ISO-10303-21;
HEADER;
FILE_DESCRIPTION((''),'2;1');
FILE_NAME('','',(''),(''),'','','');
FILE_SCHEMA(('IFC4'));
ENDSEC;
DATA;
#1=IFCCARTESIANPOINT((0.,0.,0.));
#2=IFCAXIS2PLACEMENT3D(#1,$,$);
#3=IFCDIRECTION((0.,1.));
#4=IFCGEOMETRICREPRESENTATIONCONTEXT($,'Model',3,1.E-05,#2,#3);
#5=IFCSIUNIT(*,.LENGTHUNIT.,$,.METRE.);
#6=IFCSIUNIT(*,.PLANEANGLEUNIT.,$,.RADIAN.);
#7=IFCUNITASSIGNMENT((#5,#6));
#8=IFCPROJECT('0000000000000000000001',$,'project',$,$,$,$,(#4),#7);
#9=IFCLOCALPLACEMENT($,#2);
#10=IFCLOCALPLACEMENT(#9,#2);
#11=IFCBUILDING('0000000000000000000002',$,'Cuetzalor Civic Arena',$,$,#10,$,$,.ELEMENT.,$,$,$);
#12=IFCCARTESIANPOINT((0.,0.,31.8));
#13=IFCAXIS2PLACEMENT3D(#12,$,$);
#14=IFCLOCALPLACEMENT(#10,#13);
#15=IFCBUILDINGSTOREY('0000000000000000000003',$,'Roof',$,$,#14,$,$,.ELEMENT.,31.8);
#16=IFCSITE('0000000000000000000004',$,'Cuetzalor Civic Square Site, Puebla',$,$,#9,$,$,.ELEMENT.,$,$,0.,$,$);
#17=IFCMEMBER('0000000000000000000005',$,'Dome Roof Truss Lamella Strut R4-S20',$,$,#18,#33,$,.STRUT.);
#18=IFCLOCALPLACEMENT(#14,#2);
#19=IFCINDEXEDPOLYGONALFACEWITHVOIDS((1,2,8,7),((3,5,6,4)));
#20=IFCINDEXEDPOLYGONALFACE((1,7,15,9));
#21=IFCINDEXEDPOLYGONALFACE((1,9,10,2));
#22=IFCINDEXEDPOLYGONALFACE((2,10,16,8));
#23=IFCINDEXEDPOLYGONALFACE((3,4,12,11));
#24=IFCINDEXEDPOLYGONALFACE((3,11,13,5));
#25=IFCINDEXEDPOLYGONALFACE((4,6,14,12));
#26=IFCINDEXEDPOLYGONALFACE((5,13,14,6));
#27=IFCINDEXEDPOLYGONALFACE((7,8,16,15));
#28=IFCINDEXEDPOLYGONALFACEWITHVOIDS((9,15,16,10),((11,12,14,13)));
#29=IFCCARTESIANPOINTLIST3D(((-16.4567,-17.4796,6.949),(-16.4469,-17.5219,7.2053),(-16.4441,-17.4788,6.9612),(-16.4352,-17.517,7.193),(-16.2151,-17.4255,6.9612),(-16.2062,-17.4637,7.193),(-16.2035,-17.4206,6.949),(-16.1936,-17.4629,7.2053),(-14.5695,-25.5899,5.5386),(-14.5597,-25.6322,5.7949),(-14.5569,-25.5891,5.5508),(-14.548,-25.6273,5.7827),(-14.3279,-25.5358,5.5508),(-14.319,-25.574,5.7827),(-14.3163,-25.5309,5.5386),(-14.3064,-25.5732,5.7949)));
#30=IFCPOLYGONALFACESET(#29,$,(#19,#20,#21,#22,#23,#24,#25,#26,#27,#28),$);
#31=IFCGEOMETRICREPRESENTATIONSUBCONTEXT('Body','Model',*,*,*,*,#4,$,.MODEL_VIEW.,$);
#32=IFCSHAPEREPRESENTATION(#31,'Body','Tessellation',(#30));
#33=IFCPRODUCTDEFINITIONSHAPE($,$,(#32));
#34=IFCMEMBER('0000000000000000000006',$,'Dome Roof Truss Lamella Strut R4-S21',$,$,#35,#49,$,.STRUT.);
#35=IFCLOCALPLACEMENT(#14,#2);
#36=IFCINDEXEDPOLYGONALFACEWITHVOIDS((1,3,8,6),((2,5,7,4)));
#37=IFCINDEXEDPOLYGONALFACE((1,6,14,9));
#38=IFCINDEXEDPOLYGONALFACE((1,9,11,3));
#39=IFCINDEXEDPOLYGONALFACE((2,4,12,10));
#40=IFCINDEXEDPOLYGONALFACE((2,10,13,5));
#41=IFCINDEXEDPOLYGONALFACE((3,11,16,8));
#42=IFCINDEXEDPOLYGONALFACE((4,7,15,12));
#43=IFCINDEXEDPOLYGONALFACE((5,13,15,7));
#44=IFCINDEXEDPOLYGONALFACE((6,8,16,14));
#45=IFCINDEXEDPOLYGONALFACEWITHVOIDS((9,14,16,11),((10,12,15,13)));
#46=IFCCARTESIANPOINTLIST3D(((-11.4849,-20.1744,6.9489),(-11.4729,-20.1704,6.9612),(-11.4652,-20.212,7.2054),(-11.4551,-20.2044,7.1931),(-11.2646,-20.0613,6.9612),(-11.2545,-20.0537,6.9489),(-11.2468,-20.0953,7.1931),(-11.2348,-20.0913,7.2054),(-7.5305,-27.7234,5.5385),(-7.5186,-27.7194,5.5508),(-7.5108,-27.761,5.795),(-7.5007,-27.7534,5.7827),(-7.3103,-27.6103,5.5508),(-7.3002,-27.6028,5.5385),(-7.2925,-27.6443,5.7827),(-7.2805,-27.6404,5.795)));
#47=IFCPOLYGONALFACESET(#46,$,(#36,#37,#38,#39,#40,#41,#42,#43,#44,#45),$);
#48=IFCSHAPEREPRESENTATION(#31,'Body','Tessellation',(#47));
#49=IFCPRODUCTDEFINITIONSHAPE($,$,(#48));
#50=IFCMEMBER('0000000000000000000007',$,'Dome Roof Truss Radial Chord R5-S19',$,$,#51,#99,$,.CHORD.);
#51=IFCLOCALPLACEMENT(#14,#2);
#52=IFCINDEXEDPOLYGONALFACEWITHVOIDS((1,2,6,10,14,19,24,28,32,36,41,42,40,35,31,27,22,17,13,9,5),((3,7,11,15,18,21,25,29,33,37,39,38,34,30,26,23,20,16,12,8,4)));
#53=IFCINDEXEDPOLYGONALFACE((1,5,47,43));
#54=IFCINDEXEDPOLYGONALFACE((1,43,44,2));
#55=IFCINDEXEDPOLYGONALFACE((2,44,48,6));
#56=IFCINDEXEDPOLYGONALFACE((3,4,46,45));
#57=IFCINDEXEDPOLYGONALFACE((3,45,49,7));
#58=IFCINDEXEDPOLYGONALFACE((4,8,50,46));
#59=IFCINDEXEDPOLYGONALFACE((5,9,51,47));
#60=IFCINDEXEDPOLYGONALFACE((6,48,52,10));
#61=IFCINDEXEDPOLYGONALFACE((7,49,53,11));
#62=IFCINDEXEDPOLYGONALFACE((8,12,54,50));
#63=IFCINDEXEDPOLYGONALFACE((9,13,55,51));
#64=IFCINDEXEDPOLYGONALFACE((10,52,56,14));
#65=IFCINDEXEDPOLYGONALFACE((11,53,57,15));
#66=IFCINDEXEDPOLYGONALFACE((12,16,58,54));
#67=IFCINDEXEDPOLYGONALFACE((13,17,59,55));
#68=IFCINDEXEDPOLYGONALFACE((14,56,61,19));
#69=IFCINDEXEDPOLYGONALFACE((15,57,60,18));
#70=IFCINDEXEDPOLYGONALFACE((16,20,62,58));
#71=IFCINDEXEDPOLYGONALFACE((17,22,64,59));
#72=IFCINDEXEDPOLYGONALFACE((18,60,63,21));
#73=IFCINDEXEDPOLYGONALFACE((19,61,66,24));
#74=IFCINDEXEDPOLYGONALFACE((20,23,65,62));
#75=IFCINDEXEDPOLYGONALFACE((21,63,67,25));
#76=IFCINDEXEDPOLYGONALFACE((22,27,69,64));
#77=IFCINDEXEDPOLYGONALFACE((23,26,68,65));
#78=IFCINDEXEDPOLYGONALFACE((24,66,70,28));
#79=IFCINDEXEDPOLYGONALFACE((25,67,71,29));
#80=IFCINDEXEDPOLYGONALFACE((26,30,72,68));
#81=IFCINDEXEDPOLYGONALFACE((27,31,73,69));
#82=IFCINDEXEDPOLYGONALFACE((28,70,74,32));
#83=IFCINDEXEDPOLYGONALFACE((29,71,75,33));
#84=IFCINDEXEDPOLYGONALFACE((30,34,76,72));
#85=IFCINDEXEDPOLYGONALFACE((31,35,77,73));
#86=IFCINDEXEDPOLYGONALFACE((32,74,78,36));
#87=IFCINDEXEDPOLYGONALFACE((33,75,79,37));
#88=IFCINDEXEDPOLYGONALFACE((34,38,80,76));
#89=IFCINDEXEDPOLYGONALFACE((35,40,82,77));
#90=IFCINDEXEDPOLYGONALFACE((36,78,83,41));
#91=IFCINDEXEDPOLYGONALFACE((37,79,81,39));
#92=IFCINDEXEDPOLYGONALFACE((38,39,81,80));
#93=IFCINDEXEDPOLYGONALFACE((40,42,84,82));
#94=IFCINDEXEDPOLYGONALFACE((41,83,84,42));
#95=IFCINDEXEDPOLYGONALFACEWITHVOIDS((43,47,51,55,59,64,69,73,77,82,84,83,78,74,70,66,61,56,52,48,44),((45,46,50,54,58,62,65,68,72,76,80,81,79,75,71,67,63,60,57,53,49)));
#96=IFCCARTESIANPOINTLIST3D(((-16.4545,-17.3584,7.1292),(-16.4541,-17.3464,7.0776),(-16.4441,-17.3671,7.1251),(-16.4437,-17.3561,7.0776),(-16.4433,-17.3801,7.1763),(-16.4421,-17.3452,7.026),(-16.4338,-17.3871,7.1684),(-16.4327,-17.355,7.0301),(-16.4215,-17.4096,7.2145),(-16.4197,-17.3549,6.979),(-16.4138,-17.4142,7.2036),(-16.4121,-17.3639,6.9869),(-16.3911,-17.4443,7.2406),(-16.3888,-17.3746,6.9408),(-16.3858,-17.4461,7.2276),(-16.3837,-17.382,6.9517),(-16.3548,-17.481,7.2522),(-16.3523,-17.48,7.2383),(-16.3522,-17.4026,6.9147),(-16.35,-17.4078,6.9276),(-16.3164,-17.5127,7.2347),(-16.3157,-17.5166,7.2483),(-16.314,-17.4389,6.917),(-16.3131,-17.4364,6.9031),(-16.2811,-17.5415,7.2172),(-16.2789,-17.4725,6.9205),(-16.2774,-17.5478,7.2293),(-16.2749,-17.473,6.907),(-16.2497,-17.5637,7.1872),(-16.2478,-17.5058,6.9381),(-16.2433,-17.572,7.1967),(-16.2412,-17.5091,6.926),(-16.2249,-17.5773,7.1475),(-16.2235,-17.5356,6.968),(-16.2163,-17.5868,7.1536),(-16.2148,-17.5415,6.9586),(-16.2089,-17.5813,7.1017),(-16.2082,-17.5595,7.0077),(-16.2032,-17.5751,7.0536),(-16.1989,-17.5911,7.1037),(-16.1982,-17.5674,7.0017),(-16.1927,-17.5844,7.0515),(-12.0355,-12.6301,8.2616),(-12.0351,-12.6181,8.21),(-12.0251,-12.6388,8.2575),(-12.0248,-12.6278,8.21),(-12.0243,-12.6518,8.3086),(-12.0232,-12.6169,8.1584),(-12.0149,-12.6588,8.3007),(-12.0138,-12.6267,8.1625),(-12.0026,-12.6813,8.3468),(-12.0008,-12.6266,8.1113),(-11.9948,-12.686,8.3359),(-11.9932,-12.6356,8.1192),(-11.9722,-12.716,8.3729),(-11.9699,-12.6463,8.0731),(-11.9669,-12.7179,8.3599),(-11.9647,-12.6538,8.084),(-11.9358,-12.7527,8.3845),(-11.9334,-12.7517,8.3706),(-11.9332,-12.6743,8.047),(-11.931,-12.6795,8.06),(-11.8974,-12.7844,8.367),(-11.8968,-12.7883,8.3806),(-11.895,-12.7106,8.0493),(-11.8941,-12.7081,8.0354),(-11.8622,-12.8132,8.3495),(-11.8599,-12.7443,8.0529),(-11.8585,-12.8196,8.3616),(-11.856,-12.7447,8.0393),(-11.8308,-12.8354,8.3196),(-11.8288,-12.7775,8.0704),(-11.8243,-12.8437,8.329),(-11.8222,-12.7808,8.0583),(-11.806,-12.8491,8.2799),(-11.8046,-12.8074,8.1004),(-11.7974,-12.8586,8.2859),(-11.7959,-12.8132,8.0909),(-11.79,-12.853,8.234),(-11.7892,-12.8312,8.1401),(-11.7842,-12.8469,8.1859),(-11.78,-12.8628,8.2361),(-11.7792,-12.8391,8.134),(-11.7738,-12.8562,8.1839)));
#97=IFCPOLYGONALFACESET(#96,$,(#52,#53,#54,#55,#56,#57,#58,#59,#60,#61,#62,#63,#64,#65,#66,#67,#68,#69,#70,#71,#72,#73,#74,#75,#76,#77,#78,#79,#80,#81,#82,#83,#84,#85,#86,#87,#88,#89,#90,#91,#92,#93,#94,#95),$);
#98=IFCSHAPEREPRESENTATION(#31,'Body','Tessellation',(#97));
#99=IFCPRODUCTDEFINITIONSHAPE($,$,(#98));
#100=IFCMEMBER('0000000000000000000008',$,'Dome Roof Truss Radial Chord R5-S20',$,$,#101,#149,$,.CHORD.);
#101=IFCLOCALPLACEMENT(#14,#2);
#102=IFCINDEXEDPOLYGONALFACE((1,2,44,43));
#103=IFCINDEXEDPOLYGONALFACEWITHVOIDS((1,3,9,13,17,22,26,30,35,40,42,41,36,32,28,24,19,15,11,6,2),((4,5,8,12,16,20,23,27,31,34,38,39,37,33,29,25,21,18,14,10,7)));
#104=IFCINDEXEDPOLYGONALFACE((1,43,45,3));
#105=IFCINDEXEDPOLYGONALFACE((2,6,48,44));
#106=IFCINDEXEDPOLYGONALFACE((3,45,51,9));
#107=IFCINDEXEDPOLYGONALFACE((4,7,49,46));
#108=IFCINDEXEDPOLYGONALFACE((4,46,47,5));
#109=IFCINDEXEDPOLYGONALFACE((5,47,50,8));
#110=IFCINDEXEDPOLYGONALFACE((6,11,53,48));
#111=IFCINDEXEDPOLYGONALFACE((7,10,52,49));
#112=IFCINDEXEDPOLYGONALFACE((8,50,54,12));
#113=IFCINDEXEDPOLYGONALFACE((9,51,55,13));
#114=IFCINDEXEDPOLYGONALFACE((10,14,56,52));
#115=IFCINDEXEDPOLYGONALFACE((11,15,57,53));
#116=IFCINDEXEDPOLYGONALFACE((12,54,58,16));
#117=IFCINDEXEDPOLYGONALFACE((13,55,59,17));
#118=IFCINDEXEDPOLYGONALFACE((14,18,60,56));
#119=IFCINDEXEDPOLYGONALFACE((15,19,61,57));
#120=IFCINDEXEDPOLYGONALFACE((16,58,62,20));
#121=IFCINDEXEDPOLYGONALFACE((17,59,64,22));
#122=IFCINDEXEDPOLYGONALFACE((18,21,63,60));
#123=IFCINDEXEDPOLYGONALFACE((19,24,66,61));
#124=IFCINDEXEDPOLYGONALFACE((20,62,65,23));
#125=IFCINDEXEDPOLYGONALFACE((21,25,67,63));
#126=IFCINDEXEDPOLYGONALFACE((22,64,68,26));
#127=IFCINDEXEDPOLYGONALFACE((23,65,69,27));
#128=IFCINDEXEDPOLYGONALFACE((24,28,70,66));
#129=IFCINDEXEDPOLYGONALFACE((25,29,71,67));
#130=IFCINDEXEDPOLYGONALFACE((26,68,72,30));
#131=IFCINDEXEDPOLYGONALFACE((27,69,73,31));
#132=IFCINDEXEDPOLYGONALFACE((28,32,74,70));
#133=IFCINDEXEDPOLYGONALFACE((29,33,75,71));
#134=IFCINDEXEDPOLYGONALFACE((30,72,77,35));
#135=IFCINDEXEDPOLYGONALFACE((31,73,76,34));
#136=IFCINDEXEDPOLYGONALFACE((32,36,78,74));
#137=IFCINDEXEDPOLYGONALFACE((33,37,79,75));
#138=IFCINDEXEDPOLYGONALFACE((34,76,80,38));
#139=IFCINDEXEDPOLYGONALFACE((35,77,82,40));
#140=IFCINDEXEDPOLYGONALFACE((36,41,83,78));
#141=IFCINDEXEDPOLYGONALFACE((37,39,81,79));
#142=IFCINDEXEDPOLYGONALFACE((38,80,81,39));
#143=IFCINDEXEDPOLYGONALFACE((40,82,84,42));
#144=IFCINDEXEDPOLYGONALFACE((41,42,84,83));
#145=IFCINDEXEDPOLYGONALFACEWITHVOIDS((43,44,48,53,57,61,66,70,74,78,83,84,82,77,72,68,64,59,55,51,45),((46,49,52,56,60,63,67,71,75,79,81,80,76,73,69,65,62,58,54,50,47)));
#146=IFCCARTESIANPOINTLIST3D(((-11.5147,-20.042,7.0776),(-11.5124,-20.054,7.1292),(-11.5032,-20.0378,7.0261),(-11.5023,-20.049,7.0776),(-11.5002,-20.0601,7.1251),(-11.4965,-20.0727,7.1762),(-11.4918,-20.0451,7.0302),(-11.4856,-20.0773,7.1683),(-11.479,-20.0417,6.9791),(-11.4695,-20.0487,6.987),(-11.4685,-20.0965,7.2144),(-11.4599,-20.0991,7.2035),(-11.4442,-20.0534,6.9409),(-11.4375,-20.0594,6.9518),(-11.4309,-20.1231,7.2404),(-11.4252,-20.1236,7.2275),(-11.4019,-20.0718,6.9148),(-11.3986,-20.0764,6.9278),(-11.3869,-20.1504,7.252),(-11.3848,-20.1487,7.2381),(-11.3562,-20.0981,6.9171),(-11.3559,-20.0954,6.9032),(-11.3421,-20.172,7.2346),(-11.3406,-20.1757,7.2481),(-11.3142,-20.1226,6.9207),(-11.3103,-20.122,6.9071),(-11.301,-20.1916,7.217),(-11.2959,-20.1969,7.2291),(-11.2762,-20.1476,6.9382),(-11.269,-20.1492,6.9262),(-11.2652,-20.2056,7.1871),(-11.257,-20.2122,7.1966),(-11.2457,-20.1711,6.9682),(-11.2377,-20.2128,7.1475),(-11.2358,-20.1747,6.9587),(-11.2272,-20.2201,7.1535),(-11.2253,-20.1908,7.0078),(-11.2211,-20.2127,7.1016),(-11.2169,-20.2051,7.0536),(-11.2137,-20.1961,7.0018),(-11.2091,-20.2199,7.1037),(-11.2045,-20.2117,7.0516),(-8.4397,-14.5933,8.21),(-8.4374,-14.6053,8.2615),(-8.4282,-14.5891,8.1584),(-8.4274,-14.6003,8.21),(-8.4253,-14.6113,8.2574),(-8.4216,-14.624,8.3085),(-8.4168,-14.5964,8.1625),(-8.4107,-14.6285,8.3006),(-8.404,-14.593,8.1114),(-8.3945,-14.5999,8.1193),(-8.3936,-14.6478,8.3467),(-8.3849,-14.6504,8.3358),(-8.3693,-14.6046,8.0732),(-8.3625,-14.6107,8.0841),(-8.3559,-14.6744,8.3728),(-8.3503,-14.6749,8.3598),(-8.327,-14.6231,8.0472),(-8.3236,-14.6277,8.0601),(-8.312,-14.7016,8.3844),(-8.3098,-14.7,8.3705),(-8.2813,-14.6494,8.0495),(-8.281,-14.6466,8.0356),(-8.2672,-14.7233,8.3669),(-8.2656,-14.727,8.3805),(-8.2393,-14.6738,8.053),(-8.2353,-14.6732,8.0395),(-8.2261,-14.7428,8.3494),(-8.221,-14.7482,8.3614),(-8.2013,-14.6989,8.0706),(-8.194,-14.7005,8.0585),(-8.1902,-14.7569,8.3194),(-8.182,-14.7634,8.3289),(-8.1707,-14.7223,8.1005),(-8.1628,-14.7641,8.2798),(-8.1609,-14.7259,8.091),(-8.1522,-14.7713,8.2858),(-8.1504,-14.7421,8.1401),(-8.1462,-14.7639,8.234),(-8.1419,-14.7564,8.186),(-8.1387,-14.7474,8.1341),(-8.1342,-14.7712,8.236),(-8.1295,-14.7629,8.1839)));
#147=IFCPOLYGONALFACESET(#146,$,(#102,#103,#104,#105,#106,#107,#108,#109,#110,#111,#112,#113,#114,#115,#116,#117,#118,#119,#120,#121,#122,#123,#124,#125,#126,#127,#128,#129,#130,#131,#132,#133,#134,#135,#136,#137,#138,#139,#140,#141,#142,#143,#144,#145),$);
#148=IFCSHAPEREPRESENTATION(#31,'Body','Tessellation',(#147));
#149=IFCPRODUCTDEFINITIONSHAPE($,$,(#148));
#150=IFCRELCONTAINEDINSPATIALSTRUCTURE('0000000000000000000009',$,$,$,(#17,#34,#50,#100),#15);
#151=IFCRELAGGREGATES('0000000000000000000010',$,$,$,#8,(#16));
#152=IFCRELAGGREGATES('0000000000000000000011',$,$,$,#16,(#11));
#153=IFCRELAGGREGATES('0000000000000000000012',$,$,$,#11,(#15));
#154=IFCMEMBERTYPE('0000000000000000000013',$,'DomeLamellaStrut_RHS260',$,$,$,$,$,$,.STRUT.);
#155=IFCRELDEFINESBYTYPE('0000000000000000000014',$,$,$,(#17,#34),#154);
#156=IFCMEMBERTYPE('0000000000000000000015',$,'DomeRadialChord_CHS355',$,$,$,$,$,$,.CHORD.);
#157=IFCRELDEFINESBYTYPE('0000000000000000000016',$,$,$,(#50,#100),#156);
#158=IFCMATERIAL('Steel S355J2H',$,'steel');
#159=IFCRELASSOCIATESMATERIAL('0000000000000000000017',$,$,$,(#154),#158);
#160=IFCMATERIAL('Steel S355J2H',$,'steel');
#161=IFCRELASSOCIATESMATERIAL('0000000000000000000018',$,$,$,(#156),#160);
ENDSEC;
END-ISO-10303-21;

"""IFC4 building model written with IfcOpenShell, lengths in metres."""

from ifc_helpers import new_model, si_unit, direction, frame, origin, origin_2d, place, context, subcontext, project, spatial, hollow_rectangle, hollow_circle, extrude, material, material_profile, profile_set, type_object, element, save


model = new_model("IFC4")

# Units and contexts
model_context = context("Model", 3, precision=1e-05, world=origin(), true_north=direction((0.0, 1.0)))
body_context = subcontext(model_context, "Body", "Model", "MODEL_VIEW")
ifc_project = project(units=[si_unit("LENGTHUNIT", "METRE"), si_unit("PLANEANGLEUNIT", "RADIAN")], contexts=[model_context])

# Site, building, storey
site_placement = place(None, origin())
site = spatial("IfcSite", under=ifc_project, at=site_placement, Name="Cuetzalor Civic Square Site, Puebla", CompositionType="ELEMENT", RefElevation=0.0)
building_placement = place(site_placement, origin())
building = spatial("IfcBuilding", under=site, at=building_placement, Name="Cuetzalor Civic Arena", CompositionType="ELEMENT")
storey_placement = place(building_placement, frame((0.0, 0.0, 31.8)))
storey = spatial("IfcBuildingStorey", under=building, at=storey_placement, Name="Roof", CompositionType="ELEMENT", Elevation=31.8)

# Members
ifc_material_1 = material(Name="Steel S355J2H", Category="steel")
ifc_material_profile_1 = material_profile(ifc_material_1, hollow_rectangle(XDim=0.26, YDim=0.26, WallThickness=0.0125, at=origin_2d()), Name="RHS 260x260x12.5")
ifc_profile_set_1 = profile_set([ifc_material_profile_1], Name="Steel S355J2H")
member_type_1 = type_object("IfcMemberType", Name="DomeLamellaStrut_RHS260", PredefinedType="STRUT", material=ifc_profile_set_1)
member_1_placement = place(storey_placement, frame((-14.438, -25.5815, 5.6667), z_axis=(-0.223454, 0.960302, 0.166998), x_axis=(-0.973979, -0.226636, 0.0)))
element("IfcMember", 1, at=member_1_placement, inside=storey, type_object=member_type_1, Name="Dome Roof Truss Lamella Strut R4-S20", PredefinedType="STRUT", context=body_context, shape_type="SweptSolid", body=[
    extrude(hollow_rectangle(XDim=0.26, YDim=0.26, WallThickness=0.0125, at=origin_2d()), origin(), (0.0, 0.0, 1.0), 8.4456),
])
member_2_placement = place(storey_placement, frame((-7.4055, -27.6819, 5.6667), z_axis=(-0.457786, 0.87394, 0.163279), x_axis=(-0.885828, -0.464013, 0.0)))
element("IfcMember", 2, at=member_2_placement, inside=storey, type_object=member_type_1, Name="Dome Roof Truss Lamella Strut R4-S21", PredefinedType="STRUT", context=body_context, shape_type="SweptSolid", body=[
    extrude(hollow_rectangle(XDim=0.26, YDim=0.26, WallThickness=0.0125, at=origin_2d()), origin(), (0.0, 0.0, 1.0), 8.6379),
])
ifc_material_2 = material(Name="Steel S355J2H", Category="steel")
ifc_material_profile_2 = material_profile(ifc_material_2, hollow_circle(Radius=0.1777, WallThickness=0.0142, at=origin_2d()), Name="CHS 355.6x14.2")
ifc_profile_set_2 = profile_set([ifc_material_profile_2], Name="Steel S355J2H")
member_type_2 = type_object("IfcMemberType", Name="DomeRadialChord_CHS355", PredefinedType="CHORD", material=ifc_profile_set_2)
member_3_placement = place(storey_placement, frame((-16.3242, -17.4678, 7.0776), z_axis=(0.672588, 0.719669, 0.172346), x_axis=(-0.730601, 0.682805, 0.0)))
element("IfcMember", 3, at=member_3_placement, inside=storey, type_object=member_type_2, Name="Dome Roof Truss Radial Chord R5-S19", PredefinedType="CHORD", context=body_context, shape_type="SweptSolid", body=[
    extrude(hollow_circle(Radius=0.1777, WallThickness=0.0142, at=origin_2d()), origin(), (0.0, 0.0, 1.0), 6.5701),
])
member_4_placement = place(storey_placement, frame((-11.3599, -20.1294, 7.0776), z_axis=(0.483623, 0.856967, 0.17809), x_axis=(-0.870889, 0.49148, 0.0)))
element("IfcMember", 4, at=member_4_placement, inside=storey, type_object=member_type_2, Name="Dome Roof Truss Radial Chord R5-S20", PredefinedType="CHORD", context=body_context, shape_type="SweptSolid", body=[
    extrude(hollow_circle(Radius=0.1777, WallThickness=0.0142, at=origin_2d()), origin(), (0.0, 0.0, 1.0), 6.3582),
])

save(model, "model.ifc")
